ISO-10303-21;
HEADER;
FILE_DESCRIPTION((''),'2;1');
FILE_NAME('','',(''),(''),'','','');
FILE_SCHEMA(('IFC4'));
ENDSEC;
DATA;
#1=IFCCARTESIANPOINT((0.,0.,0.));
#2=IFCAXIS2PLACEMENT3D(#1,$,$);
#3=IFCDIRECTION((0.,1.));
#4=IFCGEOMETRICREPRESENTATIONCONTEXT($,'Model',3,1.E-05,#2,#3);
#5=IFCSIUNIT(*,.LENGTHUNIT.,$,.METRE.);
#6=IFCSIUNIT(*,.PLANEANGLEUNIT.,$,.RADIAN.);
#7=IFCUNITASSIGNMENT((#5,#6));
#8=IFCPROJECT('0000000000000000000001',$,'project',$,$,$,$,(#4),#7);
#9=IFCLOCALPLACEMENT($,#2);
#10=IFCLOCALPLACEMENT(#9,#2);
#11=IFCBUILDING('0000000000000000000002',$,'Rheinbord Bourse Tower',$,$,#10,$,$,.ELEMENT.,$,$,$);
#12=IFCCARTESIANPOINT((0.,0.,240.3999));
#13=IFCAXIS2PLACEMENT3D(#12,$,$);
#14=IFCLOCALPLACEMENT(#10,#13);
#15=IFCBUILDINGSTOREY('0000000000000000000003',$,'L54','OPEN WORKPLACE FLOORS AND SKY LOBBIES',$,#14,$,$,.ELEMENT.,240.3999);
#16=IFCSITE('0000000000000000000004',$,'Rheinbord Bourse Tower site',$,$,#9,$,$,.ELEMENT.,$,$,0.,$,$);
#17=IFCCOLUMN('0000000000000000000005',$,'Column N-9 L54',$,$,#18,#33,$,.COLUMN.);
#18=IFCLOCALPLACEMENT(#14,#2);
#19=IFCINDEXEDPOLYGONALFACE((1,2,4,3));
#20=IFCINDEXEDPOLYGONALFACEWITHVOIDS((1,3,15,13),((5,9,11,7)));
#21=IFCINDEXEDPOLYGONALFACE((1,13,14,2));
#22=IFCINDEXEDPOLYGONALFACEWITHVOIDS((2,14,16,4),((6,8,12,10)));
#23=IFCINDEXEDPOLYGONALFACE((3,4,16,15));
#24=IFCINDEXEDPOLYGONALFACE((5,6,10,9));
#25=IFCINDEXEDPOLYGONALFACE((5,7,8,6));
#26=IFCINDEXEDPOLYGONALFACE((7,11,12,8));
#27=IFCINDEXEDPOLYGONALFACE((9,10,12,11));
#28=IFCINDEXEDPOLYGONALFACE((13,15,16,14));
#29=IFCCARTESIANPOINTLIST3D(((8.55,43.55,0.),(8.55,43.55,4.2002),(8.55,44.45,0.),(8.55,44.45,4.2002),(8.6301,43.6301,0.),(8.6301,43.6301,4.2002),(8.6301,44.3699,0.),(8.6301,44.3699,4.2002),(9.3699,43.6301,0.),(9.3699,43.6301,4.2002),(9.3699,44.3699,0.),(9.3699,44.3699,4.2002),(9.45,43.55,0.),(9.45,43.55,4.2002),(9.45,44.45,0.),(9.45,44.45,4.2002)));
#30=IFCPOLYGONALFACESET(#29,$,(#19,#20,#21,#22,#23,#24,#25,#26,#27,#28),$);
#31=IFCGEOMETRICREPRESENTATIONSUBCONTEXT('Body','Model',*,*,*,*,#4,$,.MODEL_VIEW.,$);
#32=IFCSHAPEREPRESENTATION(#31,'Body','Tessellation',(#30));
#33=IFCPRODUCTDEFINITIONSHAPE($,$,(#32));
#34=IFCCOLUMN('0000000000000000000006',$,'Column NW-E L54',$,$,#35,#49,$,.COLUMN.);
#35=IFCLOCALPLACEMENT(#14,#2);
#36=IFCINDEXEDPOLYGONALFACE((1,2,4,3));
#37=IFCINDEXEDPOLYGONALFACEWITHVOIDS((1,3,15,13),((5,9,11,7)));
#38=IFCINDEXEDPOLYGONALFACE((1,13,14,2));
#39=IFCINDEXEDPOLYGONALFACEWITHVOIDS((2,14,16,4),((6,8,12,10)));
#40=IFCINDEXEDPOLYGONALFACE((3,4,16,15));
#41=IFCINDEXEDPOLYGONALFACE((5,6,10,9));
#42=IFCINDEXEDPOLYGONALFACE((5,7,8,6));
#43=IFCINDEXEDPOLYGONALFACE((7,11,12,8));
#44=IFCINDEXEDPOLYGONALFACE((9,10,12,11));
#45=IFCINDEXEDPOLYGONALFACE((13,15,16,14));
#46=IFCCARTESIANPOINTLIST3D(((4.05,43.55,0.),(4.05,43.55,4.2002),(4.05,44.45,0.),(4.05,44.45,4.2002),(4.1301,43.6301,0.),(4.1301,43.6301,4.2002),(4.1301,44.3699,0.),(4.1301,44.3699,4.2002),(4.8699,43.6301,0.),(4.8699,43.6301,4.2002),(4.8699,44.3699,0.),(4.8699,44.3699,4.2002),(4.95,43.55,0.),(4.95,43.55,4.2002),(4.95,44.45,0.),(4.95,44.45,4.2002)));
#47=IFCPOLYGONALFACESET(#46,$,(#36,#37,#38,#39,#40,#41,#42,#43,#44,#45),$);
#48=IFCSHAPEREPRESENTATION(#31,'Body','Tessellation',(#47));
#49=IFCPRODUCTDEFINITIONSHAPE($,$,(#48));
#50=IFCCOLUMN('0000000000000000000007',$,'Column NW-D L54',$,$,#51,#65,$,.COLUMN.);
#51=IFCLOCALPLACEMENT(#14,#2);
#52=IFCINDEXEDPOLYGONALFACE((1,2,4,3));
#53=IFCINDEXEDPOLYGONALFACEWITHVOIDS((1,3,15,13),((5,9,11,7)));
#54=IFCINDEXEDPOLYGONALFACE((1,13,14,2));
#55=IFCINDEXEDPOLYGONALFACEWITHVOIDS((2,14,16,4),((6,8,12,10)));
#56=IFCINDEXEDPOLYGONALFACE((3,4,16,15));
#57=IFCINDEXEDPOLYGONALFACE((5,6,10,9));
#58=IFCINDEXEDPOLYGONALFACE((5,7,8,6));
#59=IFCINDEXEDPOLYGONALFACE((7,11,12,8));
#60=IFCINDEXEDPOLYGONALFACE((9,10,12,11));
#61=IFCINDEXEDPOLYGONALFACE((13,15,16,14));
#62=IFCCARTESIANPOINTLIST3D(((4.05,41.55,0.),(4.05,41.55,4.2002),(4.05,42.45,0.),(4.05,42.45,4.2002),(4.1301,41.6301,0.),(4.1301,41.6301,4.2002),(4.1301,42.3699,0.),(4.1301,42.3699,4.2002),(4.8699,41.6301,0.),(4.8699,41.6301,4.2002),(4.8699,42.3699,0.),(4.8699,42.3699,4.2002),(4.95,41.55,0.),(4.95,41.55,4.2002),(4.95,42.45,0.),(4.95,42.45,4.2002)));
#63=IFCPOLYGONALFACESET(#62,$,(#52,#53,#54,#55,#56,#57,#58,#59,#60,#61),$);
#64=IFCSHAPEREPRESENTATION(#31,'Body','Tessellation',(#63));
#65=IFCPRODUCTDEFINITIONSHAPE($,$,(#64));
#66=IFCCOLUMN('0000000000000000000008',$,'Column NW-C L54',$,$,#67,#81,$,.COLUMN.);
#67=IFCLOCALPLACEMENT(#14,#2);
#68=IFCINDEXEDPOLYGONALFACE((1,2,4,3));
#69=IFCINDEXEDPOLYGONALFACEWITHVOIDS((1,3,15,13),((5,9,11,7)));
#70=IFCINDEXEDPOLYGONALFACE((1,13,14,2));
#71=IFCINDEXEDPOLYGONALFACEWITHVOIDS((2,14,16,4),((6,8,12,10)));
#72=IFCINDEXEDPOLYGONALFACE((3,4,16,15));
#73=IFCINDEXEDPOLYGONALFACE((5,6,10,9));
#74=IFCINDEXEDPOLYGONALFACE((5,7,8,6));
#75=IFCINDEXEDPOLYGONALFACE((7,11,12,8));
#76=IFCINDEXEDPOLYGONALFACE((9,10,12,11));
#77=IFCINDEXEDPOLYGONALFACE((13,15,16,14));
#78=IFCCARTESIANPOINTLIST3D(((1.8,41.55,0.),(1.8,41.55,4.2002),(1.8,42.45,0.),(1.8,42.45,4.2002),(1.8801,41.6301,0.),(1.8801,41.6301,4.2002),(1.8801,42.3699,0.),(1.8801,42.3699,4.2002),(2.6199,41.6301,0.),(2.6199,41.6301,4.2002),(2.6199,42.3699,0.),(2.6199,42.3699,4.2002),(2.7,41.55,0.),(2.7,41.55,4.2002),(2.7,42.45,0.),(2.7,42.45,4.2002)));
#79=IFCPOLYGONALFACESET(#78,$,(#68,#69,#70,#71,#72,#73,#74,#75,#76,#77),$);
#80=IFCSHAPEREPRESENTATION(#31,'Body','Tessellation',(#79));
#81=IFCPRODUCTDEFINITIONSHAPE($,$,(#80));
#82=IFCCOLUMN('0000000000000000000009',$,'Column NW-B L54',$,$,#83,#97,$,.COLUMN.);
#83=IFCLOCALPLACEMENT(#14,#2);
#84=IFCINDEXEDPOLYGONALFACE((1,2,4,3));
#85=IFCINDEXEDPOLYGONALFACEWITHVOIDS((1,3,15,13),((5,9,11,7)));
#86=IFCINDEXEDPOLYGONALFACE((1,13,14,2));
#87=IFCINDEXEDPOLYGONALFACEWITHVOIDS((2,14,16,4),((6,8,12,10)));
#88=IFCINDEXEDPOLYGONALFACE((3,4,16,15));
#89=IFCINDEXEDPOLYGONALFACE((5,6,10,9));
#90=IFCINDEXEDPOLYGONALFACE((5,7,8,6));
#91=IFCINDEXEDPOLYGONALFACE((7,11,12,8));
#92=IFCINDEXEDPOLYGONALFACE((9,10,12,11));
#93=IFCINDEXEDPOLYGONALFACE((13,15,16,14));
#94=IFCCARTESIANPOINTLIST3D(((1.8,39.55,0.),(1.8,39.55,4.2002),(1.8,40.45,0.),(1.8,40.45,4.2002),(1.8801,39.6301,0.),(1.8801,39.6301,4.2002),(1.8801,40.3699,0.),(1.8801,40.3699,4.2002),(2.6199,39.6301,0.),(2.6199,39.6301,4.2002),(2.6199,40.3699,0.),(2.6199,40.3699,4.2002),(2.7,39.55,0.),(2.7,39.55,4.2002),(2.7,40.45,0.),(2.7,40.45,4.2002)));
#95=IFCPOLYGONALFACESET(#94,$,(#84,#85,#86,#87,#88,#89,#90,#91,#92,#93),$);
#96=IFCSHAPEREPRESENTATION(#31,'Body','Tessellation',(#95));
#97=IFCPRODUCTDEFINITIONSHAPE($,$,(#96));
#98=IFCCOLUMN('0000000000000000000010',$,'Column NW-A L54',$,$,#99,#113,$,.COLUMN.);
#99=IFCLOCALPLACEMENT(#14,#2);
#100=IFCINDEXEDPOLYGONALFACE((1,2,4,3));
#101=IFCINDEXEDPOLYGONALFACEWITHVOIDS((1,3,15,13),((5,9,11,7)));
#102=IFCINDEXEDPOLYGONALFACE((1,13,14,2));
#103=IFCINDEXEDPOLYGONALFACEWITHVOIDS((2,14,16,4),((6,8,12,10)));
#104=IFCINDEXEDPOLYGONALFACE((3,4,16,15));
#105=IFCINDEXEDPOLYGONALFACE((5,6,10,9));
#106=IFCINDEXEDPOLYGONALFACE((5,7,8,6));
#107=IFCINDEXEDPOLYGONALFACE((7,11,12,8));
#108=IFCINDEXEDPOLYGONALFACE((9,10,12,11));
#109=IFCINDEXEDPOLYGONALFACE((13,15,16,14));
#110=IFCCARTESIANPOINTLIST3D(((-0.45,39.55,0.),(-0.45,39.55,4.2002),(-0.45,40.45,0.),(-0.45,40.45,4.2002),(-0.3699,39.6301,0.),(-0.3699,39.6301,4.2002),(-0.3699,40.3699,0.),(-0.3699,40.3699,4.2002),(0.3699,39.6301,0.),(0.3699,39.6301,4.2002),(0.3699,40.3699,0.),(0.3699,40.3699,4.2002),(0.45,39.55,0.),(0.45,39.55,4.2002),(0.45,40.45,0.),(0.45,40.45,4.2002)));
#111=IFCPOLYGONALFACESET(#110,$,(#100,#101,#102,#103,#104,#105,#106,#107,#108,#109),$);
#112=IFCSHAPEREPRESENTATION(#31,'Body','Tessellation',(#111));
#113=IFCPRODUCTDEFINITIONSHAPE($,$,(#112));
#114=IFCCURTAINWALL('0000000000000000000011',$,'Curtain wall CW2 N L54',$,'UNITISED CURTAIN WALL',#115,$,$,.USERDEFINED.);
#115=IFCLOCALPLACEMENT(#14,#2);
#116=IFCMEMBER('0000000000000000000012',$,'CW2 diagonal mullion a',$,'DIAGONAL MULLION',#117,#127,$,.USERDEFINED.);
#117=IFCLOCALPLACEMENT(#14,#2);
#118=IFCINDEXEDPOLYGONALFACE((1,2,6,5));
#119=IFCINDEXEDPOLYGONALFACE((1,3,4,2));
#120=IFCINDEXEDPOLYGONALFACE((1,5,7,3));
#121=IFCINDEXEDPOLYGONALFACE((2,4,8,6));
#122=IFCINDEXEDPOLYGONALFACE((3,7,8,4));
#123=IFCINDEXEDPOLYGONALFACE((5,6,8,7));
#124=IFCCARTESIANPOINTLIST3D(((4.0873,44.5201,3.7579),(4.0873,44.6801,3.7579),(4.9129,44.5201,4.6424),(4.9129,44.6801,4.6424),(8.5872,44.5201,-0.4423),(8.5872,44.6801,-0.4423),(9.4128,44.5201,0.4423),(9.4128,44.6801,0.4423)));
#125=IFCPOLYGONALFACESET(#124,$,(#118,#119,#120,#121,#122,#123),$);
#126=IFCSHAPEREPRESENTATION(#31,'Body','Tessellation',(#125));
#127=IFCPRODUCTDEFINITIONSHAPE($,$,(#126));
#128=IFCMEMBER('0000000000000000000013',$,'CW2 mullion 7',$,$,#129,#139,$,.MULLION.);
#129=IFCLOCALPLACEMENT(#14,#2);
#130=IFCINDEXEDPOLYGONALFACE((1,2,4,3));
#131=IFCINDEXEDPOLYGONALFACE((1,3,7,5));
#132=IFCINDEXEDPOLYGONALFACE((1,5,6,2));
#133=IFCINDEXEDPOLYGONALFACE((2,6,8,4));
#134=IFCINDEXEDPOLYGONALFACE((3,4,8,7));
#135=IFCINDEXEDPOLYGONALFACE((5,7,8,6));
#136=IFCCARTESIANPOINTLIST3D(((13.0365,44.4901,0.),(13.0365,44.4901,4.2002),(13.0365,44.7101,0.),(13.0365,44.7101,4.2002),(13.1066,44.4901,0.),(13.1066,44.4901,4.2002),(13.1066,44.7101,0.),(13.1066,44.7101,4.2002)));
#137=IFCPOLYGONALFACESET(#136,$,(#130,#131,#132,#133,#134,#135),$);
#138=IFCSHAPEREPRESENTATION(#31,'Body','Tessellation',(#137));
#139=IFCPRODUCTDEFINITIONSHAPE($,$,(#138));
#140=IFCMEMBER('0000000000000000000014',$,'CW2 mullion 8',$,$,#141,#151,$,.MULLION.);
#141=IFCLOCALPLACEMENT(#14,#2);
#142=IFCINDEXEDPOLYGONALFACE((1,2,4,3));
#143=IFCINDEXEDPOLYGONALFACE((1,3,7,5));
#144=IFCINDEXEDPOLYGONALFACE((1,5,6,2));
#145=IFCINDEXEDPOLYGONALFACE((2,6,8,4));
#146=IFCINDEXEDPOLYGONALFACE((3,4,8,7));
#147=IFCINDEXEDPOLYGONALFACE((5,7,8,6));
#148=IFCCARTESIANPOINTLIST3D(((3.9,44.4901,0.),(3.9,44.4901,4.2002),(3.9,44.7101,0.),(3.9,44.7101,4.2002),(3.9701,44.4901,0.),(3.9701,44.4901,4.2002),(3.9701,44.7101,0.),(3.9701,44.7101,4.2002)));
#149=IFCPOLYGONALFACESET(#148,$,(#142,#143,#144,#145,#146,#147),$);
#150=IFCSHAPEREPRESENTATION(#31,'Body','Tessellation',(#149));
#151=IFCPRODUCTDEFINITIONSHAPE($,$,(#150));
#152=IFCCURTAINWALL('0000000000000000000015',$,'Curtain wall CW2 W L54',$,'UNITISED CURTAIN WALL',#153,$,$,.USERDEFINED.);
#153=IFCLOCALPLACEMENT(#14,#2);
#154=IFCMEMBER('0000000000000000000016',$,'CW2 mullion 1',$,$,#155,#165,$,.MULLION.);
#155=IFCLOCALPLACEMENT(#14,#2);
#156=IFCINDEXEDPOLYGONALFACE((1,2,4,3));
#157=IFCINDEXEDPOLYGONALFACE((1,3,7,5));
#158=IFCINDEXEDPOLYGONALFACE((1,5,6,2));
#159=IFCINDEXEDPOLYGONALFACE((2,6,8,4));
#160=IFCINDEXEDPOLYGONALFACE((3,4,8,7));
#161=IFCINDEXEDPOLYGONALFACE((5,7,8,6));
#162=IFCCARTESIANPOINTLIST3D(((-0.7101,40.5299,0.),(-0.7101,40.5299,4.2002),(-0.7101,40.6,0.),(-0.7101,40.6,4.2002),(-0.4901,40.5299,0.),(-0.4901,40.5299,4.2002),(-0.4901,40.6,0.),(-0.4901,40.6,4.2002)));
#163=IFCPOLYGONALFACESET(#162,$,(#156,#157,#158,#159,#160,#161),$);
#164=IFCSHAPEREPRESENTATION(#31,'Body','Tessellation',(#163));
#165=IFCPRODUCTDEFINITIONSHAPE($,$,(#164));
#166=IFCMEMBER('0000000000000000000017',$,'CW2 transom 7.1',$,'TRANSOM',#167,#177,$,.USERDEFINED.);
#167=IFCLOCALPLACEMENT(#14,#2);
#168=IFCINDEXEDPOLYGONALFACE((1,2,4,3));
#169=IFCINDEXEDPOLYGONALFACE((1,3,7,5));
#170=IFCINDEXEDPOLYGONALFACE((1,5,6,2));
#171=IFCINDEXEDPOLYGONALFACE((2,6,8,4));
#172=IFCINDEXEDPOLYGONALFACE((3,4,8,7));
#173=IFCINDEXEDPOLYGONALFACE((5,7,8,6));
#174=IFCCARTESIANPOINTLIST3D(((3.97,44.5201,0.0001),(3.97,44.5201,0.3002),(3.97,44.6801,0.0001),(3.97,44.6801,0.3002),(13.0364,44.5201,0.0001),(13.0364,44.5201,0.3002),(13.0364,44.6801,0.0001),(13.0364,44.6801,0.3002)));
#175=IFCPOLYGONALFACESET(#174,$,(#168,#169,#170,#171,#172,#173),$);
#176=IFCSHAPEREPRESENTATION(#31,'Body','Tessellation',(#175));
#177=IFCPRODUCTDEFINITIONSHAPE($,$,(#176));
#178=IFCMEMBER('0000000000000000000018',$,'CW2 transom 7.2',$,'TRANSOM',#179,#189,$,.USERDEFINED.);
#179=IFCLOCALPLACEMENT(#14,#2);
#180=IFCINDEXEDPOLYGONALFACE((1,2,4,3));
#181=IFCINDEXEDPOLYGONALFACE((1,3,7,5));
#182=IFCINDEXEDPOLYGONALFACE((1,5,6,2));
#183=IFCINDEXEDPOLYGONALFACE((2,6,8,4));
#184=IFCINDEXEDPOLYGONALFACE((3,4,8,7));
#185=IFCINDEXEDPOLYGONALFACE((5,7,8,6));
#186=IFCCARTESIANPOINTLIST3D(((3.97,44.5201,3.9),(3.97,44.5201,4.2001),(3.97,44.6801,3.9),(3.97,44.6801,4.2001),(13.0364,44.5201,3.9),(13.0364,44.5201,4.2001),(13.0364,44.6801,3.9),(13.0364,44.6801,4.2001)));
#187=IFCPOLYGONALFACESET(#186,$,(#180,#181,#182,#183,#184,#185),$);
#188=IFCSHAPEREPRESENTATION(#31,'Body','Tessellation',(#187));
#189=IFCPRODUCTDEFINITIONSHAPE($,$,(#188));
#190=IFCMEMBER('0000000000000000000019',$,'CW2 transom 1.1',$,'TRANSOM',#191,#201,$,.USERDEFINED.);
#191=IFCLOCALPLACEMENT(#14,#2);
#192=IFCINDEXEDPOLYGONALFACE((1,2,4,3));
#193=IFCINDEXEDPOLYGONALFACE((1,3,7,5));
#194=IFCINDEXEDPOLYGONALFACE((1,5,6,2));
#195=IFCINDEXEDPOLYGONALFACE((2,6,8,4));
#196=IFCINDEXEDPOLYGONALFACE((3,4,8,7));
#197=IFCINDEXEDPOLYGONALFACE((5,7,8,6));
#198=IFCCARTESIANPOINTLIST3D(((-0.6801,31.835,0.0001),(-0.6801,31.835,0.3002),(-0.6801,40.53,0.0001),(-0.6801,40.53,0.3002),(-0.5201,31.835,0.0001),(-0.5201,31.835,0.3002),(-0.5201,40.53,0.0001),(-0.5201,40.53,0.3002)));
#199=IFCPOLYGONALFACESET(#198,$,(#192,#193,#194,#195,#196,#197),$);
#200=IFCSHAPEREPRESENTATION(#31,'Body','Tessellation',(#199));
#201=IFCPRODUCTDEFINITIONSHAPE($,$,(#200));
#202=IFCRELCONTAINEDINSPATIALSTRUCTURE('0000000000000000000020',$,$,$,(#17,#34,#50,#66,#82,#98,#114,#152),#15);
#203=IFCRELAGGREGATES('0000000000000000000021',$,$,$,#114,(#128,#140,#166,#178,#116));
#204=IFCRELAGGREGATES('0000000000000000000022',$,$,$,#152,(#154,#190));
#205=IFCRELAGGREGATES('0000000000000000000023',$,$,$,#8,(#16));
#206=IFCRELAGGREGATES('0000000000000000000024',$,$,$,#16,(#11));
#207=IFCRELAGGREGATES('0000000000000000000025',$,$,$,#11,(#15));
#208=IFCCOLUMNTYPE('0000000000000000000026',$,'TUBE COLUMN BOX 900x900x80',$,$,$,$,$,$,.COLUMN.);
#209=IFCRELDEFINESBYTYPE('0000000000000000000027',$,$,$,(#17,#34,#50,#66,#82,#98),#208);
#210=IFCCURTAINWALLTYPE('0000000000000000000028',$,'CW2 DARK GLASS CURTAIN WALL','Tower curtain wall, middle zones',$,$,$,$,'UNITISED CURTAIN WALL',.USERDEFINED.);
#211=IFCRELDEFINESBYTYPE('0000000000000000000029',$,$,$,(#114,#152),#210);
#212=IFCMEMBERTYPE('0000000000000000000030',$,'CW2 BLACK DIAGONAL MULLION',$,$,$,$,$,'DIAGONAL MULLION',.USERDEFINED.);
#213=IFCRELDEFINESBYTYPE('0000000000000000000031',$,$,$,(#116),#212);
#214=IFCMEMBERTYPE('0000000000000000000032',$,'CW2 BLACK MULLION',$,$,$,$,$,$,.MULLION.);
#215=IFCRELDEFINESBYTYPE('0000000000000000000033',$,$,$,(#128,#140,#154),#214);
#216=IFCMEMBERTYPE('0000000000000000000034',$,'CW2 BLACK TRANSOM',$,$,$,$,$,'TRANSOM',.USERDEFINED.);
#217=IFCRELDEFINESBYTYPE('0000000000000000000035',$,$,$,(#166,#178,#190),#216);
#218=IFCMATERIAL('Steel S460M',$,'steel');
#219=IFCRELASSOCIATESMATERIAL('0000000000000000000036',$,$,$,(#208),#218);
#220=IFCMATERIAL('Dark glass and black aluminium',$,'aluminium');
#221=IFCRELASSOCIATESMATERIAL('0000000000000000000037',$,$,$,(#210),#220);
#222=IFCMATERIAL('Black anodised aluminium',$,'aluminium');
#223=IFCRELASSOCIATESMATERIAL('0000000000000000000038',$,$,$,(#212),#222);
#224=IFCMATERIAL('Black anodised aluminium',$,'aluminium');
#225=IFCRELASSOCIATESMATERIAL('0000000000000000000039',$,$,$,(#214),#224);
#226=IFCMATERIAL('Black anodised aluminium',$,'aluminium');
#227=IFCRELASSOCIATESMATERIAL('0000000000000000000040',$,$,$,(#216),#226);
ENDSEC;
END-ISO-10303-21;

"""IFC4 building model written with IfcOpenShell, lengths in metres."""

from ifc_helpers import new_model, si_unit, direction, frame, origin, origin_2d, place, context, subcontext, project, spatial, rectangle, hollow_rectangle, extrude, material, material_profile, profile_set, type_object, element, aggregate, save


model = new_model("IFC4")

# Units and contexts
model_context = context("Model", 3, precision=1e-05, world=origin(), true_north=direction((0.0, 1.0)))
body_context = subcontext(model_context, "Body", "Model", "MODEL_VIEW")
ifc_project = project(units=[si_unit("LENGTHUNIT", "METRE"), si_unit("PLANEANGLEUNIT", "RADIAN")], contexts=[model_context])

# Site, building, storey
site_placement = place(None, origin())
site = spatial("IfcSite", under=ifc_project, at=site_placement, Name="Rheinbord Bourse Tower site", CompositionType="ELEMENT", RefElevation=0.0)
building_placement = place(site_placement, origin())
building = spatial("IfcBuilding", under=site, at=building_placement, Name="Rheinbord Bourse Tower", CompositionType="ELEMENT")
storey_placement = place(building_placement, frame((0.0, 0.0, 240.3999)))
storey = spatial("IfcBuildingStorey", under=building, at=storey_placement, Name="L54", Description="OPEN WORKPLACE FLOORS AND SKY LOBBIES", CompositionType="ELEMENT", Elevation=240.3999)

# Columns
ifc_material_1 = material(Name="Steel S460M", Category="steel")
ifc_material_profile_1 = material_profile(ifc_material_1, hollow_rectangle(XDim=0.8999, YDim=0.8999, WallThickness=0.0801, at=origin_2d()), Name="BOX 900x900x80")
ifc_profile_set_1 = profile_set([ifc_material_profile_1], Name="Steel S460M")
column_type = type_object("IfcColumnType", Name="TUBE COLUMN BOX 900x900x80", PredefinedType="COLUMN", material=ifc_profile_set_1)
for number, where, z_axis, x_axis, name in (
    (1, (9.0, 44.0, 0.0), (0.0, 0.0, 1.0), (0.0, 1.0, 0.0), "Column N-9 L54"),
    (2, (4.5, 44.0, 0.0), (0.0, 0.0, 1.0), (0.0, 1.0, 0.0), "Column NW-E L54"),
    (3, (4.5, 42.0, 0.0), (0.0, 0.0, 1.0), (0.0, 1.0, 0.0), "Column NW-D L54"),
    (4, (2.25, 42.0, 0.0), (0.0, 0.0, 1.0), (1.0, 0.0, 0.0), "Column NW-C L54"),
    (5, (2.25, 40.0, 0.0), (0.0, 0.0, 1.0), (1.0, 0.0, 0.0), "Column NW-B L54"),
    (6, (0.0, 40.0, 0.0), (0.0, 0.0, 1.0), (1.0, 0.0, 0.0), "Column NW-A L54"),
):
    element("IfcColumn", number, at=place(storey_placement, frame(where, z_axis=z_axis, x_axis=x_axis)), inside=storey, type_object=column_type, Name=name, PredefinedType="COLUMN", context=body_context, shape_type="SweptSolid", body=[
        extrude(hollow_rectangle(XDim=0.8999, YDim=0.8999, WallThickness=0.0801, at=origin_2d()), origin(), (0.0, 0.0, 1.0), 4.2002),
    ])

# Curtain wall, members
ifc_material_2 = material(Name="Dark glass and black aluminium", Category="aluminium")
curtain_wall_type = type_object("IfcCurtainWallType", Name="CW2 DARK GLASS CURTAIN WALL", Description="Tower curtain wall, middle zones", ElementType="UNITISED CURTAIN WALL", PredefinedType="USERDEFINED", material=ifc_material_2)
curtain_wall_1_placement = place(storey_placement, origin())
curtain_wall_1 = element("IfcCurtainWall", 7, at=curtain_wall_1_placement, inside=storey, type_object=curtain_wall_type, Name="Curtain wall CW2 N L54", ObjectType="UNITISED CURTAIN WALL", PredefinedType="USERDEFINED")
ifc_material_3 = material(Name="Black anodised aluminium", Category="aluminium")
ifc_material_profile_2 = material_profile(ifc_material_3, rectangle(XDim=0.1599, YDim=1.21, at=origin_2d()), Name="CW2 DIAGONAL MULLION 1210x160")
ifc_profile_set_2 = profile_set([ifc_material_profile_2], Name="Black anodised aluminium")
member_type_1 = type_object("IfcMemberType", Name="CW2 BLACK DIAGONAL MULLION", ElementType="DIAGONAL MULLION", PredefinedType="USERDEFINED", material=ifc_profile_set_2)
member_1_placement = place(storey_placement, frame((9.0, 44.6001, 0.0), z_axis=(-0.731039, 0.0, 0.682335), x_axis=(0.0, -1.0, 0.0)))
member_1 = element("IfcMember", 8, at=member_1_placement, type_object=member_type_1, Name="CW2 diagonal mullion a", ObjectType="DIAGONAL MULLION", PredefinedType="USERDEFINED", context=body_context, shape_type="SweptSolid", body=[
    extrude(rectangle(XDim=0.1599, YDim=1.21, at=origin_2d()), origin(), (0.0, 0.0, 1.0), 6.1555),
])
ifc_material_4 = material(Name="Black anodised aluminium", Category="aluminium")
ifc_material_profile_3 = material_profile(ifc_material_4, rectangle(XDim=0.22, YDim=0.0701, at=origin_2d()), Name="CW2 MULLION 70x220")
ifc_profile_set_3 = profile_set([ifc_material_profile_3], Name="Black anodised aluminium")
member_type_2 = type_object("IfcMemberType", Name="CW2 BLACK MULLION", PredefinedType="MULLION", material=ifc_profile_set_3)
member_2_placement = place(storey_placement, frame((13.0715, 44.6001, 0.0), z_axis=(0.0, 0.0, 1.0), x_axis=(0.0, -1.0, 0.0)))
member_2 = element("IfcMember", 9, at=member_2_placement, type_object=member_type_2, Name="CW2 mullion 7", PredefinedType="MULLION", context=body_context, shape_type="SweptSolid", body=[
    extrude(rectangle(XDim=0.22, YDim=0.0701, at=origin_2d()), origin(), (0.0, 0.0, 1.0), 4.2002),
])
member_3_placement = place(storey_placement, frame((3.9351, 44.6001, 0.0), z_axis=(0.0, 0.0, 1.0), x_axis=(0.0, -1.0, 0.0)))
member_3 = element("IfcMember", 10, at=member_3_placement, type_object=member_type_2, Name="CW2 mullion 8", PredefinedType="MULLION", context=body_context, shape_type="SweptSolid", body=[
    extrude(rectangle(XDim=0.22, YDim=0.0701, at=origin_2d()), origin(), (0.0, 0.0, 1.0), 4.2002),
])

# Curtain wall, member
curtain_wall_2_placement = place(storey_placement, origin())
curtain_wall_2 = element("IfcCurtainWall", 11, at=curtain_wall_2_placement, inside=storey, type_object=curtain_wall_type, Name="Curtain wall CW2 W L54", ObjectType="UNITISED CURTAIN WALL", PredefinedType="USERDEFINED")
member_4_placement = place(storey_placement, frame((-0.6001, 40.5649, 0.0), z_axis=(0.0, 0.0, 1.0), x_axis=(1.0, 0.0, 0.0)))
member_4 = element("IfcMember", 12, at=member_4_placement, type_object=member_type_2, Name="CW2 mullion 1", PredefinedType="MULLION", context=body_context, shape_type="SweptSolid", body=[
    extrude(rectangle(XDim=0.22, YDim=0.0701, at=origin_2d()), origin(), (0.0, 0.0, 1.0), 4.2002),
])

# Members
ifc_material_5 = material(Name="Black anodised aluminium", Category="aluminium")
ifc_material_profile_4 = material_profile(ifc_material_5, rectangle(XDim=0.1599, YDim=0.3, at=origin_2d()), Name="CW2 TRANSOM 300x160")
ifc_profile_set_4 = profile_set([ifc_material_profile_4], Name="Black anodised aluminium")
member_type_3 = type_object("IfcMemberType", Name="CW2 BLACK TRANSOM", ElementType="TRANSOM", PredefinedType="USERDEFINED", material=ifc_profile_set_4)
member_5_placement = place(storey_placement, frame((13.0364, 44.6001, 0.1501), z_axis=(-1.0, 0.0, 0.0), x_axis=(0.0, -1.0, 0.0)))
member_5 = element("IfcMember", 13, at=member_5_placement, type_object=member_type_3, Name="CW2 transom 7.1", ObjectType="TRANSOM", PredefinedType="USERDEFINED", context=body_context, shape_type="SweptSolid", body=[
    extrude(rectangle(XDim=0.1599, YDim=0.3, at=origin_2d()), origin(), (0.0, 0.0, 1.0), 9.0664),
])
member_6_placement = place(storey_placement, frame((13.0364, 44.6001, 4.05), z_axis=(-1.0, 0.0, 0.0), x_axis=(0.0, -1.0, 0.0)))
member_6 = element("IfcMember", 14, at=member_6_placement, type_object=member_type_3, Name="CW2 transom 7.2", ObjectType="TRANSOM", PredefinedType="USERDEFINED", context=body_context, shape_type="SweptSolid", body=[
    extrude(rectangle(XDim=0.1599, YDim=0.3, at=origin_2d()), origin(), (0.0, 0.0, 1.0), 9.0664),
])
member_7_placement = place(storey_placement, frame((-0.6001, 40.53, 0.1501), z_axis=(0.0, -1.0, 0.0), x_axis=(1.0, 0.0, 0.0)))
member_7 = element("IfcMember", 15, at=member_7_placement, type_object=member_type_3, Name="CW2 transom 1.1", ObjectType="TRANSOM", PredefinedType="USERDEFINED", context=body_context, shape_type="SweptSolid", body=[
    extrude(rectangle(XDim=0.1599, YDim=0.3, at=origin_2d()), origin(), (0.0, 0.0, 1.0), 8.6951),
])

aggregate(curtain_wall_1, [member_2, member_3, member_5, member_6, member_1])
aggregate(curtain_wall_2, [member_4, member_7])

save(model, "model.ifc")
